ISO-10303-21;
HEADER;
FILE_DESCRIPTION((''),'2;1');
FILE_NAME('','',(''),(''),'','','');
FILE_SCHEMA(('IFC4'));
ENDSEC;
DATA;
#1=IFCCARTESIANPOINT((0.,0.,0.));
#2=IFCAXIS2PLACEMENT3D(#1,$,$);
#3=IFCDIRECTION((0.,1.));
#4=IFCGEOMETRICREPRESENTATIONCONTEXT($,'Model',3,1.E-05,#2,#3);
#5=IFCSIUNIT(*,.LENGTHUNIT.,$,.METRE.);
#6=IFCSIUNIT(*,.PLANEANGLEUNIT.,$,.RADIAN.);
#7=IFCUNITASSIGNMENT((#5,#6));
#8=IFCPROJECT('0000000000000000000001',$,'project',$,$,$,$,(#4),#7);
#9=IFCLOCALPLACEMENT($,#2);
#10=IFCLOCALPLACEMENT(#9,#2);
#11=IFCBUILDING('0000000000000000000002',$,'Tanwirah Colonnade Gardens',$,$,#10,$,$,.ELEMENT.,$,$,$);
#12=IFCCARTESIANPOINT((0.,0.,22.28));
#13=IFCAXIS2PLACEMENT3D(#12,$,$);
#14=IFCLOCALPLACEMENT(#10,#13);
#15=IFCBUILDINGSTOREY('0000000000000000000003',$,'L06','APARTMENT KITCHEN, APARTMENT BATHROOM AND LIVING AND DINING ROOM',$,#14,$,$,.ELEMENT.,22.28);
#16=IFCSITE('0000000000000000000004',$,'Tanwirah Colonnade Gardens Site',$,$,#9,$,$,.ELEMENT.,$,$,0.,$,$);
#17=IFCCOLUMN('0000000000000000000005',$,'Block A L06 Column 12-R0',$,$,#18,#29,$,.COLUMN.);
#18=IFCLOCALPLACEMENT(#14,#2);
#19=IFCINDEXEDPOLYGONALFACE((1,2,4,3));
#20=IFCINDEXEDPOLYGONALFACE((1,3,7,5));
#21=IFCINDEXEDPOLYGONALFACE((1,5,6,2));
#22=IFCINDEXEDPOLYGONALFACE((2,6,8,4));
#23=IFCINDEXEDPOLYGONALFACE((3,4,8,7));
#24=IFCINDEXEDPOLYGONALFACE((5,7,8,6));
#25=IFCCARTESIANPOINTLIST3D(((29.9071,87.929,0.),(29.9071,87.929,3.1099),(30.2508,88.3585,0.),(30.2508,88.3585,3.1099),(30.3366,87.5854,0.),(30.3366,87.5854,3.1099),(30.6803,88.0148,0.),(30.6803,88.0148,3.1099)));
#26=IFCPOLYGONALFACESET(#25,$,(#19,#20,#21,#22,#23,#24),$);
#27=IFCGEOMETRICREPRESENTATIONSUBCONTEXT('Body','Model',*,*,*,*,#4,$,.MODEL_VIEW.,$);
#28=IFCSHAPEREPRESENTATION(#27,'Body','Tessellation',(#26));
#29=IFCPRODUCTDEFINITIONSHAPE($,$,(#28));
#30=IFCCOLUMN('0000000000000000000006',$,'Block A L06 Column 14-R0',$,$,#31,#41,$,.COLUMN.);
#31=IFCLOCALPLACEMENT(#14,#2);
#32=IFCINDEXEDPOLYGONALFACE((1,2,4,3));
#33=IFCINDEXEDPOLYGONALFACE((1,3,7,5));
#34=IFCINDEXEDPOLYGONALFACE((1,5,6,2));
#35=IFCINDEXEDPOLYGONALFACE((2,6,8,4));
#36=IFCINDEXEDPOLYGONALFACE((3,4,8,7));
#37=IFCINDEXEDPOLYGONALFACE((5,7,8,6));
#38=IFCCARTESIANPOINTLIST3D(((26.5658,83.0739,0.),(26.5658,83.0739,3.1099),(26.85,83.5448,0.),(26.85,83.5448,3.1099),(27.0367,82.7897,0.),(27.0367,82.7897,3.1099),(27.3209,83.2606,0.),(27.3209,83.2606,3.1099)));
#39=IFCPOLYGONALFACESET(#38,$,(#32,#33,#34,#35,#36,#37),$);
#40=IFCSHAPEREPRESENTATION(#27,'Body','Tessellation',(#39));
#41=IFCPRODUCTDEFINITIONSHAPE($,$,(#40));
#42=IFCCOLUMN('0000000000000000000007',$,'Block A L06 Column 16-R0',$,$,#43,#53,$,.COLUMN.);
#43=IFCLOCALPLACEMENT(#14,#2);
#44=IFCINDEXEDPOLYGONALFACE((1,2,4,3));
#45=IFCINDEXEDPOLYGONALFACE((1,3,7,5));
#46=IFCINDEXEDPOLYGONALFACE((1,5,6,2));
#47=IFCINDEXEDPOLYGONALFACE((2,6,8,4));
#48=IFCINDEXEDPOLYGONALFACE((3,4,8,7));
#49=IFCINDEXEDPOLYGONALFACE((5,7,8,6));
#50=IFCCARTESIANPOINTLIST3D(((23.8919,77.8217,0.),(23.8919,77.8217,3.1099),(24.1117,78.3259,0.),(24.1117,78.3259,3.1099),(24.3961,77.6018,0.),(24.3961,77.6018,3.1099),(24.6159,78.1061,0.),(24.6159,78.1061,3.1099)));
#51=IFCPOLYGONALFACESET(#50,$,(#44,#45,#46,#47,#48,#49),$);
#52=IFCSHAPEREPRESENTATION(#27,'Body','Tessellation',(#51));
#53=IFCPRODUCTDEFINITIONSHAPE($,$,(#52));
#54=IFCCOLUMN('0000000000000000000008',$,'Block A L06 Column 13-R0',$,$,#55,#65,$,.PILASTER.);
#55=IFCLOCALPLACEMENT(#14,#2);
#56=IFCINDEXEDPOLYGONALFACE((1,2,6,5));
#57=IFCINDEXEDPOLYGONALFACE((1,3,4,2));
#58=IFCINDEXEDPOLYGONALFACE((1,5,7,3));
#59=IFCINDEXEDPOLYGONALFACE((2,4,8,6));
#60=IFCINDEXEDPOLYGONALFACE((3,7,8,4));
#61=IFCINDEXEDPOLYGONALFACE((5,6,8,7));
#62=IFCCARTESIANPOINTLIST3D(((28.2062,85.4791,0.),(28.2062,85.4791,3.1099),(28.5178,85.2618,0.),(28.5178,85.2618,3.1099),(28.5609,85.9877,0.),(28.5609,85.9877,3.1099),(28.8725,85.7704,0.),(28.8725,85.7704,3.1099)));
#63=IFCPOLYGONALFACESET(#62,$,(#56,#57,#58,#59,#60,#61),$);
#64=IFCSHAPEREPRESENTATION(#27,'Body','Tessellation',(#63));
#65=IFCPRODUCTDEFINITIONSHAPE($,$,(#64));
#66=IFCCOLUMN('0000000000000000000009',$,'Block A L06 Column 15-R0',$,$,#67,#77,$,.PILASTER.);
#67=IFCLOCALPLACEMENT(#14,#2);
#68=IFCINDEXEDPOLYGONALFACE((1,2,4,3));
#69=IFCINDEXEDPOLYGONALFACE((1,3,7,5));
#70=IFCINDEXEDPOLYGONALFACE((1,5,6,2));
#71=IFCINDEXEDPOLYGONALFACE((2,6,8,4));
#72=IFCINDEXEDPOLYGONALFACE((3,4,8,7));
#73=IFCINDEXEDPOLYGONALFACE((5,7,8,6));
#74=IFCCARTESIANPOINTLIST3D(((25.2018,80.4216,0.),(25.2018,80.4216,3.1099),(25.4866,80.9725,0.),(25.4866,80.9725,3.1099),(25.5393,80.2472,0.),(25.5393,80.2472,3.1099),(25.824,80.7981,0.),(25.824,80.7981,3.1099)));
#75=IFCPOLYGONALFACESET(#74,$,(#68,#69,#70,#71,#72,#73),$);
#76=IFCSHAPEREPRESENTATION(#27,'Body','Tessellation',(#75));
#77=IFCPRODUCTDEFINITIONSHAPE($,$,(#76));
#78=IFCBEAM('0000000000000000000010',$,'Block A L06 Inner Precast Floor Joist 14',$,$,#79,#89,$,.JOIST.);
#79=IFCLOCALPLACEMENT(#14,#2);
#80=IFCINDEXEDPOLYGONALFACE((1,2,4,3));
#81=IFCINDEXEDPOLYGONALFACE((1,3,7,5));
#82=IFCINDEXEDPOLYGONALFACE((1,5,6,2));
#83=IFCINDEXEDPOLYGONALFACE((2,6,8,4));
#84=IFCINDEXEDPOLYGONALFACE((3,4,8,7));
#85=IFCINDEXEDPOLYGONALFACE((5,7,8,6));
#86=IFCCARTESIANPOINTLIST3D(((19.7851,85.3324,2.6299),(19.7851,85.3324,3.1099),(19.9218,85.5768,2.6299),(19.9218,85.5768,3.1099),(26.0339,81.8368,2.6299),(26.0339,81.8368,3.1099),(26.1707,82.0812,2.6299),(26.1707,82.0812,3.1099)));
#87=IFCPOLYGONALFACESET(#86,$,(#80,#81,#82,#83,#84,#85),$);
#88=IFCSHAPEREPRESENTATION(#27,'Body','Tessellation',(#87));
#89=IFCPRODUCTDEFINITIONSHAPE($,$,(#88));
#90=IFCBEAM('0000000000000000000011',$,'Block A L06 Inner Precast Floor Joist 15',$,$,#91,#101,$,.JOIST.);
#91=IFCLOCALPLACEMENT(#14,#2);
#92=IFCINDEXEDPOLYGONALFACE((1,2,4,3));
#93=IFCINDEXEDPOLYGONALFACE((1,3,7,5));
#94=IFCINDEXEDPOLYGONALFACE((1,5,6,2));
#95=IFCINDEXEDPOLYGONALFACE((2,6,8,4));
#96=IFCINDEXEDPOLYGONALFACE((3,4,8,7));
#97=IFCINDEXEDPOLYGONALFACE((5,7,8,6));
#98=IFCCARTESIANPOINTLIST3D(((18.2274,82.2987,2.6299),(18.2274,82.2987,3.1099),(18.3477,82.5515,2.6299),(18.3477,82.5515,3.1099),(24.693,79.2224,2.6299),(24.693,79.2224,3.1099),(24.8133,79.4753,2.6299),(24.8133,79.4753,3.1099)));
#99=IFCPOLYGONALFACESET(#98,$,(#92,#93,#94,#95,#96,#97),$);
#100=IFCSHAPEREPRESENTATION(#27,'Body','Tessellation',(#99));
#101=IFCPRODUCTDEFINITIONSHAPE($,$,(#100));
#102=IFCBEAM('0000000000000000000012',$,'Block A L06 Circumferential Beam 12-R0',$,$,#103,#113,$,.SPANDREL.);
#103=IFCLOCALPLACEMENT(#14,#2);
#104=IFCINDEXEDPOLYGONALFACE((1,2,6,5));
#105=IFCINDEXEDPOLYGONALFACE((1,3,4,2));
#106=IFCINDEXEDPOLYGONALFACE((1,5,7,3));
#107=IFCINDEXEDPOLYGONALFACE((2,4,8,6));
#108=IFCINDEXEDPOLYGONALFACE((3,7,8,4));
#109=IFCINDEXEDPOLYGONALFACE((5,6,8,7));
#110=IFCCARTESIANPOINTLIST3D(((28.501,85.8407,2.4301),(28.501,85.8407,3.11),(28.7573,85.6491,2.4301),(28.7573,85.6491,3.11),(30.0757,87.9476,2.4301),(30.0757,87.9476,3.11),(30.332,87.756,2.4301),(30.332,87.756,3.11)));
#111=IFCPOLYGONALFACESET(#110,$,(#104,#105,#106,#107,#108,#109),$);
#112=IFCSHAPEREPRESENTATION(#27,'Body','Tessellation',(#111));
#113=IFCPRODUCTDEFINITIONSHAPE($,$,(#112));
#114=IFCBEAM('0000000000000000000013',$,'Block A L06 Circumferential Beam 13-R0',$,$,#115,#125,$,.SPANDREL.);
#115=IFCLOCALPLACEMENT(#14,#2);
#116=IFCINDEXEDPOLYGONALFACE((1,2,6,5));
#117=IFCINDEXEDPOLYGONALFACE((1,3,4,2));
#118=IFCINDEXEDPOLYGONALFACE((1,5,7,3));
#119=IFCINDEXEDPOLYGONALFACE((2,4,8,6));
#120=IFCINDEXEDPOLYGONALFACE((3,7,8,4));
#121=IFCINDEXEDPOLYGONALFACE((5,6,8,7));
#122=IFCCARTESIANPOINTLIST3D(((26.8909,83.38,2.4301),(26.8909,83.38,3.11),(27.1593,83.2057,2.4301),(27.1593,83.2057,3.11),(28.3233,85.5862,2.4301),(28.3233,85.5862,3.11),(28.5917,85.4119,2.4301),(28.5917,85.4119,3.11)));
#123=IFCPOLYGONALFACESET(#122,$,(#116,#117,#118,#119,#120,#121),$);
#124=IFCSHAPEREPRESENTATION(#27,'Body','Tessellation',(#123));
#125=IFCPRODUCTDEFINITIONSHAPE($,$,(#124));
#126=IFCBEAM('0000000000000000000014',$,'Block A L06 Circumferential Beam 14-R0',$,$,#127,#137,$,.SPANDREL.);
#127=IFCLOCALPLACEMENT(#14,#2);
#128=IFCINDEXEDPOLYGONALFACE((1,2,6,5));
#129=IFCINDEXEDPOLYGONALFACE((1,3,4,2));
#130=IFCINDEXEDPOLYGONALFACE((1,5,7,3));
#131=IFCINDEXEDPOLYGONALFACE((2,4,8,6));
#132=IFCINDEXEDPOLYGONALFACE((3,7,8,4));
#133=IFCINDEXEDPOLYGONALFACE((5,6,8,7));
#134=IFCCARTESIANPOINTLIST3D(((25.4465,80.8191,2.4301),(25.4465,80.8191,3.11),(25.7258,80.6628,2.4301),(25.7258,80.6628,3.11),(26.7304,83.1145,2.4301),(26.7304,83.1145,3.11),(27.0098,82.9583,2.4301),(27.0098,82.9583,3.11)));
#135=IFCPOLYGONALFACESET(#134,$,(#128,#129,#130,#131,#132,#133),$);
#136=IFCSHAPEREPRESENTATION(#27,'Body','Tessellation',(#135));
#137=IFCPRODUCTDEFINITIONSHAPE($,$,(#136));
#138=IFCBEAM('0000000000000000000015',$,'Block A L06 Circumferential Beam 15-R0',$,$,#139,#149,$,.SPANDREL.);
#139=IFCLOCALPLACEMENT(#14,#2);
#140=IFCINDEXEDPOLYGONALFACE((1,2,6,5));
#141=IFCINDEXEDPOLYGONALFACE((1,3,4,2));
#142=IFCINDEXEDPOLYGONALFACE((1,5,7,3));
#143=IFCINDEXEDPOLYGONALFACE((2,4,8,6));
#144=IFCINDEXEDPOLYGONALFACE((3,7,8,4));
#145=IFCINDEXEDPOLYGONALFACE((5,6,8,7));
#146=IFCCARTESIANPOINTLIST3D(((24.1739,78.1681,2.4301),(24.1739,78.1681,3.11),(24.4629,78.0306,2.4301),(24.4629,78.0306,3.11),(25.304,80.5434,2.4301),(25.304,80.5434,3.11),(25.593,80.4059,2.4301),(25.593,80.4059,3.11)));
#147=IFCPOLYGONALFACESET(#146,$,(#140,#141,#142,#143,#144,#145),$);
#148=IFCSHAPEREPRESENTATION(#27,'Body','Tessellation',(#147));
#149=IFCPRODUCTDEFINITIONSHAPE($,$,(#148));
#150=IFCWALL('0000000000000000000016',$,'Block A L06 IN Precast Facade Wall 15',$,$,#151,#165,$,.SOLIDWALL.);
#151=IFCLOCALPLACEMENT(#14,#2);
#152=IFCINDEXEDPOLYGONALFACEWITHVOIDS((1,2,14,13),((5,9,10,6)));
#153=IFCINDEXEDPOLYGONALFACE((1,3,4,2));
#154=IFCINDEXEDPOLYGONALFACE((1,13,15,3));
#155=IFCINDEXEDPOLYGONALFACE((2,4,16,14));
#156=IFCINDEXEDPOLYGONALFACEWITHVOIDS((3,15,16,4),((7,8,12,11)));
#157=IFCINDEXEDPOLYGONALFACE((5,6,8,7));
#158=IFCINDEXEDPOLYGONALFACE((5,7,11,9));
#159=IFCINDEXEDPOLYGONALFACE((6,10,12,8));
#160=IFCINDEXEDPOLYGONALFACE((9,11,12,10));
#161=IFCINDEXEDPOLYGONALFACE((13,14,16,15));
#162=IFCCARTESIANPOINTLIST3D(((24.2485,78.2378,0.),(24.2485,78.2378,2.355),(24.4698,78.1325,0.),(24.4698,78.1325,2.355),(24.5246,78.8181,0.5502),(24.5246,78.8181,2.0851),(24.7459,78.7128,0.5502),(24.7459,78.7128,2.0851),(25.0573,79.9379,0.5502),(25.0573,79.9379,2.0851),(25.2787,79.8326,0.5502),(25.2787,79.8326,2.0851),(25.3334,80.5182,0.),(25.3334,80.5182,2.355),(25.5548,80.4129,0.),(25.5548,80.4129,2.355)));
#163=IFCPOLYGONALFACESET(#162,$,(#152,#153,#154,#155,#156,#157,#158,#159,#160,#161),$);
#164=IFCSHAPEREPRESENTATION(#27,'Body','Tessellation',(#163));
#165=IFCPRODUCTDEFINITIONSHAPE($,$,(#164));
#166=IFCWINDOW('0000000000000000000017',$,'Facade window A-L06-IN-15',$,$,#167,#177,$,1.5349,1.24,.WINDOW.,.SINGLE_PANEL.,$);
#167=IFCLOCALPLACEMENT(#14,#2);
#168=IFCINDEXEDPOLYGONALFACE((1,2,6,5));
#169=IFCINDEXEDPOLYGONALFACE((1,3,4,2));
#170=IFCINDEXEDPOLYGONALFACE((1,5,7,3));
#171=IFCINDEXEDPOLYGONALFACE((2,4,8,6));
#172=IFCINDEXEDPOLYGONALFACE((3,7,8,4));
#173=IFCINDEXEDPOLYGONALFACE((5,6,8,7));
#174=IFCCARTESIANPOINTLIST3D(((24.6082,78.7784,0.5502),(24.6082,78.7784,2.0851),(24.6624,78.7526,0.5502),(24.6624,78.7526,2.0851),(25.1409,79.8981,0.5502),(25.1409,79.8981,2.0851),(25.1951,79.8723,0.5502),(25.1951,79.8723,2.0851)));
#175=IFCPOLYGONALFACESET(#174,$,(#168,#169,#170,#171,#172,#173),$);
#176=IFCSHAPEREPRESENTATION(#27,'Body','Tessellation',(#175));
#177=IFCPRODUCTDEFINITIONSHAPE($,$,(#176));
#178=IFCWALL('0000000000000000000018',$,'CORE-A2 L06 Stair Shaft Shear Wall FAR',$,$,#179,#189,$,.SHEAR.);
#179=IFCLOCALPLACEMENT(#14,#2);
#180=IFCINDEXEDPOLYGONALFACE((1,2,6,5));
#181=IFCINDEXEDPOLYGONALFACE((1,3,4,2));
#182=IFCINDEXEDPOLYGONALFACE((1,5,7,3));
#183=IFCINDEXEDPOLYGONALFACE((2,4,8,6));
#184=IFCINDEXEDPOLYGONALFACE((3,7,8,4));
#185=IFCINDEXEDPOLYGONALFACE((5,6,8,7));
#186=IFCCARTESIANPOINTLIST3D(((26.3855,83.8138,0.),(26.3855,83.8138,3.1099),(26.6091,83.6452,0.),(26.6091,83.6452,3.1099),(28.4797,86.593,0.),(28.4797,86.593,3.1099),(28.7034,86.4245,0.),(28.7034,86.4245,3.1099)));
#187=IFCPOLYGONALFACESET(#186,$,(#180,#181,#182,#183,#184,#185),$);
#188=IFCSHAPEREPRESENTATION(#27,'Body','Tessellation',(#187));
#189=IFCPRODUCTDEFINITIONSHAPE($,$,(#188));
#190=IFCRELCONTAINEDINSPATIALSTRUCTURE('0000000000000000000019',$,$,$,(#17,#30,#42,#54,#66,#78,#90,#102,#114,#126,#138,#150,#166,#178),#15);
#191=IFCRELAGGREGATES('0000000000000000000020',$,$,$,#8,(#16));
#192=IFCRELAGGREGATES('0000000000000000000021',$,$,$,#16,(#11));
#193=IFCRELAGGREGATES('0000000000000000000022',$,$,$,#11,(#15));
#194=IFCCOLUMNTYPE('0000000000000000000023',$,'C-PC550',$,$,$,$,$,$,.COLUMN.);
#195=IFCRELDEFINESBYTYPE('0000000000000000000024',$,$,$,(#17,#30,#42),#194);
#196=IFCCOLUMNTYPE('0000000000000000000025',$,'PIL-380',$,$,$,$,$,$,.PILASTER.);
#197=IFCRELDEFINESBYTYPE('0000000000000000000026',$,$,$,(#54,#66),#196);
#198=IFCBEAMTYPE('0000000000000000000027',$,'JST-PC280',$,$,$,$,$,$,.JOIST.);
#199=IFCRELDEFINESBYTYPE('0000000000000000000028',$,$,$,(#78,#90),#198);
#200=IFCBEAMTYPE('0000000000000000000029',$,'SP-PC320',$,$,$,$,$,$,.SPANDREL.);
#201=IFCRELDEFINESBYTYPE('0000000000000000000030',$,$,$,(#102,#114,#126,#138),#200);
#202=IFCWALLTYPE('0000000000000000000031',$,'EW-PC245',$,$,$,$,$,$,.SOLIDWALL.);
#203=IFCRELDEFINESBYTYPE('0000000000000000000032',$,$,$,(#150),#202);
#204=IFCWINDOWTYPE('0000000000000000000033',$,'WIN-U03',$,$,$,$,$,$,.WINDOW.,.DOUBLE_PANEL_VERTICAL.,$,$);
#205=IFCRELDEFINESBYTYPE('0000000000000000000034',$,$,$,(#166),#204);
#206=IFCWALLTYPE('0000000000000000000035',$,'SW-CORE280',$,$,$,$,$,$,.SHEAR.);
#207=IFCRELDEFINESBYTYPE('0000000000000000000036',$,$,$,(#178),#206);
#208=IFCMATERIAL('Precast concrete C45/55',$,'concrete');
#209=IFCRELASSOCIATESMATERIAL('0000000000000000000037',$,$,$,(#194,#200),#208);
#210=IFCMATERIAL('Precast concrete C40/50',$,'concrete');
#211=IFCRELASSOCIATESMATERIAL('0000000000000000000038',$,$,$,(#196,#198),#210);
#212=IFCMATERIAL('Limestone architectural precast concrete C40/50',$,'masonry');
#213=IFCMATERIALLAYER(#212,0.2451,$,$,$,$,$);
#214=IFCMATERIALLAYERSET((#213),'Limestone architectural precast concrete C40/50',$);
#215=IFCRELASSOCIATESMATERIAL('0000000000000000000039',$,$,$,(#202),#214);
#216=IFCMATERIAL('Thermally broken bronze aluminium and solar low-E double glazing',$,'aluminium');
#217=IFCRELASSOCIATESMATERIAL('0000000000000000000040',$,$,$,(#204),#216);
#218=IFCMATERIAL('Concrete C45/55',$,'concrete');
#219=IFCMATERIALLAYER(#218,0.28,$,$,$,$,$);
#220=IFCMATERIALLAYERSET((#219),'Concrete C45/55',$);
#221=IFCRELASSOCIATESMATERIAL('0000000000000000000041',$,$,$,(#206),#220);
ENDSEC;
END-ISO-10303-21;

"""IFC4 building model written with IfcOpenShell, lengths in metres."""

from ifc_helpers import new_model, si_unit, direction, frame, frame_2d, origin, origin_2d, place, context, subcontext, project, spatial, rectangle, extrude, material, layer, layer_set, material_profile, profile_set, type_object, element, fill, save


model = new_model("IFC4")

# Units and contexts
model_context = context("Model", 3, precision=1e-05, world=origin(), true_north=direction((0.0, 1.0)))
body_context = subcontext(model_context, "Body", "Model", "MODEL_VIEW")
ifc_project = project(units=[si_unit("LENGTHUNIT", "METRE"), si_unit("PLANEANGLEUNIT", "RADIAN")], contexts=[model_context])

# Site, building, storey
site_placement = place(None, origin())
site = spatial("IfcSite", under=ifc_project, at=site_placement, Name="Tanwirah Colonnade Gardens Site", CompositionType="ELEMENT", RefElevation=0.0)
building_placement = place(site_placement, origin())
building = spatial("IfcBuilding", under=site, at=building_placement, Name="Tanwirah Colonnade Gardens", CompositionType="ELEMENT")
storey_placement = place(building_placement, frame((0.0, 0.0, 22.28)))
storey = spatial("IfcBuildingStorey", under=building, at=storey_placement, Name="L06", Description="APARTMENT KITCHEN, APARTMENT BATHROOM AND LIVING AND DINING ROOM", CompositionType="ELEMENT", Elevation=22.28)

# Columns
ifc_material_1 = material(Name="Precast concrete C45/55", Category="concrete")
ifc_material_profile_1 = material_profile(ifc_material_1, rectangle(XDim=0.55, YDim=0.55, at=origin_2d()), Name="PC-COL 550x550")
ifc_profile_set_1 = profile_set([ifc_material_profile_1], Name="Precast concrete C45/55")
column_type_1 = type_object("IfcColumnType", Name="C-PC550", PredefinedType="COLUMN", material=ifc_profile_set_1)
for number, where, z_axis, x_axis, name in (
    (1, (30.2937, 87.9719, 0.0), (0.0, 0.0, 1.0), (-0.780794, 0.624788, 0.0), "Block A L06 Column 12-R0"),
    (2, (26.9434, 83.1672, 0.0), (0.0, 0.0, 1.0), (-0.856167, 0.516699, 0.0), "Block A L06 Column 14-R0"),
    (3, (24.2539, 77.9639, 0.0), (0.0, 0.0, 1.0), (-0.916673, 0.399638, 0.0), "Block A L06 Column 16-R0"),
):
    element("IfcColumn", number, at=place(storey_placement, frame(where, z_axis=z_axis, x_axis=x_axis)), inside=storey, type_object=column_type_1, Name=name, PredefinedType="COLUMN", context=body_context, shape_type="SweptSolid", body=[
        extrude(rectangle(XDim=0.55, YDim=0.55, at=origin_2d()), origin(), (0.0, 0.0, 1.0), 3.1099),
    ])
ifc_material_2 = material(Name="Precast concrete C40/50", Category="concrete")
ifc_material_profile_2 = material_profile(ifc_material_2, rectangle(XDim=0.3799, YDim=0.6201, at=origin_2d()), Name="PC-PIL 380x620")
ifc_profile_set_2 = profile_set([ifc_material_profile_2], Name="Precast concrete C40/50")
column_type_2 = type_object("IfcColumnType", Name="PIL-380", PredefinedType="PILASTER", material=ifc_profile_set_2)
for number, where, z_axis, x_axis, name in (
    (4, (28.5393, 85.6248, 0.0), (0.0, 0.0, 1.0), (-0.820263, 0.571987, 0.0), "Block A L06 Column 13-R0"),
    (5, (25.5129, 80.6099, 0.0), (0.0, 0.0, 1.0), (-0.88835, 0.459166, 0.0), "Block A L06 Column 15-R0"),
):
    element("IfcColumn", number, at=place(storey_placement, frame(where, z_axis=z_axis, x_axis=x_axis)), inside=storey, type_object=column_type_2, Name=name, PredefinedType="PILASTER", context=body_context, shape_type="SweptSolid", body=[
        extrude(rectangle(XDim=0.3799, YDim=0.6201, at=origin_2d()), origin(), (0.0, 0.0, 1.0), 3.1099),
    ])

# Beams
ifc_material_profile_3 = material_profile(ifc_material_2, rectangle(XDim=0.28, YDim=0.48, at=origin_2d()), Name="PC-JST 280x480")
ifc_profile_set_3 = profile_set([ifc_material_profile_3], Name="Precast concrete C40/50")
beam_type_1 = type_object("IfcBeamType", Name="JST-PC280", PredefinedType="JOIST", material=ifc_profile_set_3)
for number, where, z_axis, x_axis, name in (
    (6, (26.1023, 81.959, 2.8699), (-0.872727, 0.488209, 0.0), (-0.488209, -0.872727, 0.0), "Block A L06 Inner Precast Floor Joist 14"),
    (7, (24.7532, 79.3489, 2.8699), (-0.903005, 0.429629, 0.0), (-0.429629, -0.903005, 0.0), "Block A L06 Inner Precast Floor Joist 15"),
):
    element("IfcBeam", number, at=place(storey_placement, frame(where, z_axis=z_axis, x_axis=x_axis)), inside=storey, type_object=beam_type_1, Name=name, PredefinedType="JOIST", context=body_context, shape_type="SweptSolid", body=[
        extrude(rectangle(XDim=0.28, YDim=0.48, at=origin_2d()), origin(), (0.0, 0.0, 1.0), 7.1602),
    ])
ifc_material_profile_4 = material_profile(ifc_material_1, rectangle(XDim=0.3201, YDim=0.6799, at=origin_2d()), Name="PC-SP 320x680")
ifc_profile_set_4 = profile_set([ifc_material_profile_4], Name="Precast concrete C45/55")
beam_type_2 = type_object("IfcBeamType", Name="SP-PC320", PredefinedType="SPANDREL", material=ifc_profile_set_4)
for number, where, z_axis, x_axis, name in (
    (8, (30.2039, 87.8518, 2.77), (-0.598663, -0.801001, 0.0), (0.801001, -0.598663, 0.0), "Block A L06 Circumferential Beam 12-R0"),
    (9, (28.4575, 85.499, 2.77), (-0.544571, -0.838715, 0.0), (0.838715, -0.544571, 0.0), "Block A L06 Circumferential Beam 13-R0"),
):
    element("IfcBeam", number, at=place(storey_placement, frame(where, z_axis=z_axis, x_axis=x_axis)), inside=storey, type_object=beam_type_2, Name=name, PredefinedType="SPANDREL", context=body_context, shape_type="SweptSolid", body=[
        extrude(rectangle(XDim=0.3201, YDim=0.6799, at=origin_2d()), origin(), (0.0, 0.0, 1.0), 2.6304),
    ])
beam_1_placement = place(storey_placement, frame((26.8701, 83.0364, 2.77), z_axis=(-0.488171, -0.872748, 0.0), x_axis=(0.872748, -0.488171, 0.0)))
element("IfcBeam", 10, at=beam_1_placement, inside=storey, type_object=beam_type_2, Name="Block A L06 Circumferential Beam 14-R0", PredefinedType="SPANDREL", context=body_context, shape_type="SweptSolid", body=[
    extrude(rectangle(XDim=0.3201, YDim=0.6799, at=origin_2d()), origin(), (0.0, 0.0, 1.0), 2.6301),
])
beam_2_placement = place(storey_placement, frame((25.4485, 80.4746, 2.77), z_axis=(-0.429642, -0.902999, 0.0), x_axis=(0.902999, -0.429642, 0.0)))
element("IfcBeam", 11, at=beam_2_placement, inside=storey, type_object=beam_type_2, Name="Block A L06 Circumferential Beam 15-R0", PredefinedType="SPANDREL", context=body_context, shape_type="SweptSolid", body=[
    extrude(rectangle(XDim=0.3201, YDim=0.6799, at=origin_2d()), origin(), (0.0, 0.0, 1.0), 2.6304),
])

# Wall, opening, window
ifc_material_3 = material(Name="Limestone architectural precast concrete C40/50", Category="masonry")
ifc_layer_1 = layer(ifc_material_3, 0.2451)
ifc_layer_set_1 = layer_set([ifc_layer_1], Name="Limestone architectural precast concrete C40/50")
wall_type_1 = type_object("IfcWallType", Name="EW-PC245", PredefinedType="SOLIDWALL", material=ifc_layer_set_1)
wall_1_placement = place(storey_placement, frame((25.4441, 80.4656, 0.0), z_axis=(0.0, 0.0, 1.0), x_axis=(-0.429611, -0.903014, 0.0)))
wall_1 = element("IfcWall", 12, at=wall_1_placement, inside=storey, type_object=wall_type_1, Name="Block A L06 IN Precast Facade Wall 15", PredefinedType="SOLIDWALL", context=body_context, shape_type="SweptSolid", body=[
    extrude(rectangle(XDim=2.5254, YDim=0.2451, at=frame_2d((1.2627, 0.0))), origin(), (0.0, 0.0, 1.0), 2.355),
])
opening_1_placement = place(wall_1_placement, frame((0.6426, 0.0, 0.55)))
opening_1 = element("IfcOpeningElement", 13, at=opening_1_placement, cuts=wall_1, PredefinedType="OPENING", context=body_context, shape_type="SweptSolid", body=[
    extrude(rectangle(XDim=1.24, YDim=1.5349, at=frame_2d((0.6201, 0.7676))), frame((0.0, 0.1326, 0.0), z_axis=(0.0, -1.0, 0.0), x_axis=(1.0, 0.0, 0.0)), (0.0, 0.0, 1.0), 0.2651),
])
ifc_material_4 = material(Name="Thermally broken bronze aluminium and solar low-E double glazing", Category="aluminium")
window_type = type_object("IfcWindowType", Name="WIN-U03", PartitioningType="DOUBLE_PANEL_VERTICAL", PredefinedType="WINDOW", material=ifc_material_4)
window_placement = place(opening_1_placement, origin())
window = element("IfcWindow", 14, at=window_placement, inside=storey, type_object=window_type, Name="Facade window A-L06-IN-15", OverallHeight=1.5349, OverallWidth=1.24, PartitioningType="SINGLE_PANEL", PredefinedType="WINDOW", context=body_context, shape_type="SweptSolid", body=[
    extrude(rectangle(XDim=1.24, YDim=1.5349, at=frame_2d((0.6201, 0.7676))), frame((0.0, 0.03, 0.0), z_axis=(0.0, -1.0, 0.0), x_axis=(1.0, 0.0, 0.0)), (0.0, 0.0, 1.0), 0.0601),
])
fill(opening_1, window)

# Wall
ifc_material_5 = material(Name="Concrete C45/55", Category="concrete")
ifc_layer_2 = layer(ifc_material_5, 0.28)
ifc_layer_set_2 = layer_set([ifc_layer_2], Name="Concrete C45/55")
wall_type_2 = type_object("IfcWallType", Name="SW-CORE280", PredefinedType="SHEAR", material=ifc_layer_set_2)
wall_2_placement = place(storey_placement, frame((26.4973, 83.7295, 0.0), z_axis=(0.0, 0.0, 1.0), x_axis=(0.601794, 0.798651, 0.0)))
element("IfcWall", 15, at=wall_2_placement, inside=storey, type_object=wall_type_2, Name="CORE-A2 L06 Stair Shaft Shear Wall FAR", PredefinedType="SHEAR", context=body_context, shape_type="SweptSolid", body=[
    extrude(rectangle(XDim=3.48, YDim=0.28, at=frame_2d((1.74, 0.0))), origin(), (0.0, 0.0, 1.0), 3.1099),
])

save(model, "model.ifc")
